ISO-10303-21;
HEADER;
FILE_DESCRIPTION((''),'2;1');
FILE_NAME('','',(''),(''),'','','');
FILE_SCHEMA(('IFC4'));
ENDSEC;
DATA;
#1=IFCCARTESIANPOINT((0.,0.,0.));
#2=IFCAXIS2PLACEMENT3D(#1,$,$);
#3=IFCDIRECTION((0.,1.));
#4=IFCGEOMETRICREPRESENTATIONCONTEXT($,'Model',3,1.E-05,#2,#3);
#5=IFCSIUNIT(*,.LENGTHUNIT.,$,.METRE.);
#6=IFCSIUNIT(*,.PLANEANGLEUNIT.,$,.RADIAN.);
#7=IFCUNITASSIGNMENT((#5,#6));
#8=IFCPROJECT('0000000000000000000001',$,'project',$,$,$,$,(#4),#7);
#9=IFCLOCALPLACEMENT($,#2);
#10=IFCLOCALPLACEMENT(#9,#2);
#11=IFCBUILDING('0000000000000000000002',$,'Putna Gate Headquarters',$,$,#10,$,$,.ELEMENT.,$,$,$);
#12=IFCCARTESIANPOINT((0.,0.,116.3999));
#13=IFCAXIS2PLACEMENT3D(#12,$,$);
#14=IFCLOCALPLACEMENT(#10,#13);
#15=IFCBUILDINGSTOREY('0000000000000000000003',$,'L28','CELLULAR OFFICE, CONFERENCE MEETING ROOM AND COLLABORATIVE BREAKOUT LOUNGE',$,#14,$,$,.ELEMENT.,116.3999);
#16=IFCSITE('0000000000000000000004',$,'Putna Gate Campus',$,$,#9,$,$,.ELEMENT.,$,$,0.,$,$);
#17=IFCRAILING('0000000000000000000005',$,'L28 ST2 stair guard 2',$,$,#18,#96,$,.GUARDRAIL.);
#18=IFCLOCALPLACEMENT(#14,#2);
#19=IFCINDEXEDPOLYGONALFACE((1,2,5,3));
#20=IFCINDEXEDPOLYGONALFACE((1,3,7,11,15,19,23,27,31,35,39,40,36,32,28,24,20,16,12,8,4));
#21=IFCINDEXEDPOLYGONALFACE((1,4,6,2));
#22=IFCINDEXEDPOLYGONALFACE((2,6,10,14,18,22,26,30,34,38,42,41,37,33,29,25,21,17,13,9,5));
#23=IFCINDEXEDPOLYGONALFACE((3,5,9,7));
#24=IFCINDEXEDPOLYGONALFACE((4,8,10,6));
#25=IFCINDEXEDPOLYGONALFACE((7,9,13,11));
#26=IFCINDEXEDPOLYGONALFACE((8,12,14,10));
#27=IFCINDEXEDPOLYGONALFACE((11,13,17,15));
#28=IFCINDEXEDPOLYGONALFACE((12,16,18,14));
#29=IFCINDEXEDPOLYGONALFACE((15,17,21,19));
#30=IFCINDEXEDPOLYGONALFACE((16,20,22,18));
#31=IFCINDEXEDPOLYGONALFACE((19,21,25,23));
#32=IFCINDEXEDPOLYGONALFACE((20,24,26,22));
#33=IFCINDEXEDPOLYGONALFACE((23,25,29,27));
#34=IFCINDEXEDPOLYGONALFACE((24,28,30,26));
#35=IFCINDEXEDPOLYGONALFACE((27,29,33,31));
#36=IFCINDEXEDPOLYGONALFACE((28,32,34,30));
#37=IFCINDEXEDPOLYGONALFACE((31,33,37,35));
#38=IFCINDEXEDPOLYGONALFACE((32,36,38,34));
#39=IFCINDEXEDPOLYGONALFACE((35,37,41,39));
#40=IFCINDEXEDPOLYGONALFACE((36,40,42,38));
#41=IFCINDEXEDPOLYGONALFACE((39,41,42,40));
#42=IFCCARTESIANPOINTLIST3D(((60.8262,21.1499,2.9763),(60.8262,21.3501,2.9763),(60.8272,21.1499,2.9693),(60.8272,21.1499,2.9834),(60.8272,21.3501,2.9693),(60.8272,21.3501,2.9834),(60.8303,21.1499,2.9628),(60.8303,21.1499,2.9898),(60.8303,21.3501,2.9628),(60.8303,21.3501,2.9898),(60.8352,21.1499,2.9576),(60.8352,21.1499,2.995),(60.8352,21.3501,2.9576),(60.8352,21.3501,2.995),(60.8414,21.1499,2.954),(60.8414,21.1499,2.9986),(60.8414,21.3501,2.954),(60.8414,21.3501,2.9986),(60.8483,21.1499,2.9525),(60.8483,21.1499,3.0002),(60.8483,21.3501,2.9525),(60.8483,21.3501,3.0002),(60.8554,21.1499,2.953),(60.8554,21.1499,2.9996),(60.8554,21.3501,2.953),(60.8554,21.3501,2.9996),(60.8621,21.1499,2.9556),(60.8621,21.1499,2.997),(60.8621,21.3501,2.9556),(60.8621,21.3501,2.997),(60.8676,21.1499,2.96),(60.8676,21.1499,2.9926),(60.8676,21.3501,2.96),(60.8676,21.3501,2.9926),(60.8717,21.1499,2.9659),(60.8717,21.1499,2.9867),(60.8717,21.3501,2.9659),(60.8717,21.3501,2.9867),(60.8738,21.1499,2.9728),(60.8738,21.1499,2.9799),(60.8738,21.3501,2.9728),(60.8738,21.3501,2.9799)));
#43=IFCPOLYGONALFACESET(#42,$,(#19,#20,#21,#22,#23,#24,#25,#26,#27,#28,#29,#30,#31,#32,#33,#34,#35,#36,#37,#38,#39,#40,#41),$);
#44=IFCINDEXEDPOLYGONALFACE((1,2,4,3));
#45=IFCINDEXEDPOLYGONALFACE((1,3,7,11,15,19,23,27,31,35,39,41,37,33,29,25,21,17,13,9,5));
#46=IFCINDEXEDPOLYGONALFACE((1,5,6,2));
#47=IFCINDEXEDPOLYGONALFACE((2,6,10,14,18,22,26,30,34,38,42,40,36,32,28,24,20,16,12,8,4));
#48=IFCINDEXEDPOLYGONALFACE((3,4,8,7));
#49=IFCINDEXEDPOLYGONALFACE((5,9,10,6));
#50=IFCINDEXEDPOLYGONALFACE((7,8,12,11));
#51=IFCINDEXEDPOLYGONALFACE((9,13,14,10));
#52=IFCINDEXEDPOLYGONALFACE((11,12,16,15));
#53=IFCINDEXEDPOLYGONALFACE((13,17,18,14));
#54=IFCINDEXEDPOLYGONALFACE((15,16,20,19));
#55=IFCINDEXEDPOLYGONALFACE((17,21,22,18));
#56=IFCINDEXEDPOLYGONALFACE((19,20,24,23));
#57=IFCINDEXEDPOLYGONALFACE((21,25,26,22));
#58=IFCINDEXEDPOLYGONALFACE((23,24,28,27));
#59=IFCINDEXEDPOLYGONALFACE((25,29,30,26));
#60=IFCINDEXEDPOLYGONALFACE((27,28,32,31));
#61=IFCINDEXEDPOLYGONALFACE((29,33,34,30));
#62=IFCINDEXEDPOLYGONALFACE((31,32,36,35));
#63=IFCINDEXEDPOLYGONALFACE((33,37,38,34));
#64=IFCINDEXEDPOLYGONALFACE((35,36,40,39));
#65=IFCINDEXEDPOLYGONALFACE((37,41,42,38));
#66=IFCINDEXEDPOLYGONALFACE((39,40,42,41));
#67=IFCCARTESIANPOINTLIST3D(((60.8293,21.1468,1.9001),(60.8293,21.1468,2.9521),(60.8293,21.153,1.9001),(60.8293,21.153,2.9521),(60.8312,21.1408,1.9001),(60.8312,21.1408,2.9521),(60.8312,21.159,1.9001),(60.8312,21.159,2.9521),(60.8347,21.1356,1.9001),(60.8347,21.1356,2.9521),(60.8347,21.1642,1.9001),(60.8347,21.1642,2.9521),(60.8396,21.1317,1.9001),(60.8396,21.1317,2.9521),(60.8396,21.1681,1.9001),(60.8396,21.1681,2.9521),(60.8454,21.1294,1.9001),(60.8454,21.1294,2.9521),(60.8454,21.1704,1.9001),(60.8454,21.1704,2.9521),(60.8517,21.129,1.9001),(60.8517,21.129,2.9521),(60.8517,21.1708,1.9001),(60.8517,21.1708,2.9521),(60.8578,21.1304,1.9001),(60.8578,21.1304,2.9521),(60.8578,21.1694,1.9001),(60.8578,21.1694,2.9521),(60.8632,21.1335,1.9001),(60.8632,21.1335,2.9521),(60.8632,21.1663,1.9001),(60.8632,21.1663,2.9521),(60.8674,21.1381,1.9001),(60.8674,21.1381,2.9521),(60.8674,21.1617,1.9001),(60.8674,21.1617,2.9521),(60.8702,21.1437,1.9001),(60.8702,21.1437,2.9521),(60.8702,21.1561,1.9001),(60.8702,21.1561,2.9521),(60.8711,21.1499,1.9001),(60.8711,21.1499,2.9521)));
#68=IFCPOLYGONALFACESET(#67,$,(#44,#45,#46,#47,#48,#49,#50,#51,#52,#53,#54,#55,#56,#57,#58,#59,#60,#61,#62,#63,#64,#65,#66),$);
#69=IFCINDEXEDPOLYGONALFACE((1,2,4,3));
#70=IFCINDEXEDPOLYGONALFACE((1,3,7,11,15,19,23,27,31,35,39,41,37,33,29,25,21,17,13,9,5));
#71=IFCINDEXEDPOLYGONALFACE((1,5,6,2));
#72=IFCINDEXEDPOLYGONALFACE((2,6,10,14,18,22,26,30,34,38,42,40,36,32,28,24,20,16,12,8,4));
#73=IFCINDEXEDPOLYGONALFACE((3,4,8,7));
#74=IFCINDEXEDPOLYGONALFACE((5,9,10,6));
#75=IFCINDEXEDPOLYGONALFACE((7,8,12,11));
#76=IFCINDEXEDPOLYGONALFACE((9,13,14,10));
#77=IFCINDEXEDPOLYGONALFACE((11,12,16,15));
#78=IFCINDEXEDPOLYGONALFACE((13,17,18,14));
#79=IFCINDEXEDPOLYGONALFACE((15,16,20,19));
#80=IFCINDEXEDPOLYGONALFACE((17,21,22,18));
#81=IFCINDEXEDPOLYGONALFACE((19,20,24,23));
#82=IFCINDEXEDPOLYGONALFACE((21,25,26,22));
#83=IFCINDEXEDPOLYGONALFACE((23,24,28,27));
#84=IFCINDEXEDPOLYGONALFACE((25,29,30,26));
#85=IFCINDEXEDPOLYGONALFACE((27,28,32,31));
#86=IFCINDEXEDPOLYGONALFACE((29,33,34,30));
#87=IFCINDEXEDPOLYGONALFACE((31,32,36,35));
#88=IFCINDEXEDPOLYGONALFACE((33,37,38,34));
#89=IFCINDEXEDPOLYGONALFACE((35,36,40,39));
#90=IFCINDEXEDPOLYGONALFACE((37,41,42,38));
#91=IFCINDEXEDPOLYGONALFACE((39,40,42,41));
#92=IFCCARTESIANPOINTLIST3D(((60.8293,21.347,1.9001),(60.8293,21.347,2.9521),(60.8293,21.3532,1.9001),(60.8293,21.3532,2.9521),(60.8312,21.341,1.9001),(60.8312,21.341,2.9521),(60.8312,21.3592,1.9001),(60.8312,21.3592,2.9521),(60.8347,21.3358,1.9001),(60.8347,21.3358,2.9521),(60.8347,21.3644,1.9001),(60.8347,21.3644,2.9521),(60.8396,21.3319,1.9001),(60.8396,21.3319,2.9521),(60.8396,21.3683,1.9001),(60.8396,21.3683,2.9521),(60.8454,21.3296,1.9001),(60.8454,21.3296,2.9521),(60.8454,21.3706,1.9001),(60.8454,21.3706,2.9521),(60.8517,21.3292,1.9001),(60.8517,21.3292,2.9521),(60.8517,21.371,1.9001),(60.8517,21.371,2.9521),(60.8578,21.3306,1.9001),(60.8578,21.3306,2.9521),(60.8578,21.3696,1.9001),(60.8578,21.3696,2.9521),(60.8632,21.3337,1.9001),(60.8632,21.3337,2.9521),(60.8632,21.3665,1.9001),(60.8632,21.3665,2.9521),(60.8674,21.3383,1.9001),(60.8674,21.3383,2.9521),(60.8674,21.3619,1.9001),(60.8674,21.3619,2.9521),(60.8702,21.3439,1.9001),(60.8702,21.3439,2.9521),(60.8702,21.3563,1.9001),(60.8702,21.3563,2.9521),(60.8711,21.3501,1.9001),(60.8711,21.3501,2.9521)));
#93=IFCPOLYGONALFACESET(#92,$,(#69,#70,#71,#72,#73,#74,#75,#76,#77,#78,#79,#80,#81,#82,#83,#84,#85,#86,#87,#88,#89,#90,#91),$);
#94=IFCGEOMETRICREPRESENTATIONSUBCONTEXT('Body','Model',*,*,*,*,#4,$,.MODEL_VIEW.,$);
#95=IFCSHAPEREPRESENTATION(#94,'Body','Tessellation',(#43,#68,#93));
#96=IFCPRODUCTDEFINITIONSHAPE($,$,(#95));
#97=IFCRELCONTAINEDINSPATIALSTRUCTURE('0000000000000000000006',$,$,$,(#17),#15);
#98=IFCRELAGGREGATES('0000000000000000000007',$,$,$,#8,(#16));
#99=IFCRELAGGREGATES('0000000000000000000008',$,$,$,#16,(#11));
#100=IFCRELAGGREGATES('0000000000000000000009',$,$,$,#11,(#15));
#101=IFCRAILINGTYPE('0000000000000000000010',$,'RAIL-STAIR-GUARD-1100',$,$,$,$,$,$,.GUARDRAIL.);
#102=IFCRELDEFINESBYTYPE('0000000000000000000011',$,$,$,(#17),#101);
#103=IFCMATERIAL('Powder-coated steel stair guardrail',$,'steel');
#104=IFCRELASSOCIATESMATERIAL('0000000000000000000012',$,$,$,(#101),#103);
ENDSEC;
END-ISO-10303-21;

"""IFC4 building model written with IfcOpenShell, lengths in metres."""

from ifc_helpers import new_model, si_unit, direction, frame, origin, origin_2d, place, context, subcontext, project, spatial, circle, extrude, material, type_object, element, save


model = new_model("IFC4")

# Units and contexts
model_context = context("Model", 3, precision=1e-05, world=origin(), true_north=direction((0.0, 1.0)))
body_context = subcontext(model_context, "Body", "Model", "MODEL_VIEW")
ifc_project = project(units=[si_unit("LENGTHUNIT", "METRE"), si_unit("PLANEANGLEUNIT", "RADIAN")], contexts=[model_context])

# Site, building, storey
site_placement = place(None, origin())
site = spatial("IfcSite", under=ifc_project, at=site_placement, Name="Putna Gate Campus", CompositionType="ELEMENT", RefElevation=0.0)
building_placement = place(site_placement, origin())
building = spatial("IfcBuilding", under=site, at=building_placement, Name="Putna Gate Headquarters", CompositionType="ELEMENT")
storey_placement = place(building_placement, frame((0.0, 0.0, 116.3999)))
storey = spatial("IfcBuildingStorey", under=building, at=storey_placement, Name="L28", Description="CELLULAR OFFICE, CONFERENCE MEETING ROOM AND COLLABORATIVE BREAKOUT LOUNGE", CompositionType="ELEMENT", Elevation=116.3999)

# Railing
ifc_material_1 = material(Name="Powder-coated steel stair guardrail", Category="steel")
railing_type_1 = type_object("IfcRailingType", Name="RAIL-STAIR-GUARD-1100", PredefinedType="GUARDRAIL", material=ifc_material_1)
railing_1_placement = place(storey_placement, frame((60.8501, 21.1499, 1.9001)))
element("IfcRailing", 1, at=railing_1_placement, inside=storey, type_object=railing_type_1, Name="L28 ST2 stair guard 2", PredefinedType="GUARDRAIL", context=body_context, shape_type="SweptSolid", body=[
    extrude(circle(Radius=0.0239, at=origin_2d()), frame((0.0, 0.0, 1.0762), z_axis=(0.0, 1.0, 0.0), x_axis=(-1.0, 0.0, 0.0)), (0.0, 0.0, 1.0), 0.2002),
    extrude(circle(Radius=0.021, at=origin_2d()), origin(), (0.0, 0.0, 1.0), 1.052),
    extrude(circle(Radius=0.021, at=origin_2d()), frame((0.0, 0.2002, 0.0)), (0.0, 0.0, 1.0), 1.052),
])

save(model, "model.ifc")
